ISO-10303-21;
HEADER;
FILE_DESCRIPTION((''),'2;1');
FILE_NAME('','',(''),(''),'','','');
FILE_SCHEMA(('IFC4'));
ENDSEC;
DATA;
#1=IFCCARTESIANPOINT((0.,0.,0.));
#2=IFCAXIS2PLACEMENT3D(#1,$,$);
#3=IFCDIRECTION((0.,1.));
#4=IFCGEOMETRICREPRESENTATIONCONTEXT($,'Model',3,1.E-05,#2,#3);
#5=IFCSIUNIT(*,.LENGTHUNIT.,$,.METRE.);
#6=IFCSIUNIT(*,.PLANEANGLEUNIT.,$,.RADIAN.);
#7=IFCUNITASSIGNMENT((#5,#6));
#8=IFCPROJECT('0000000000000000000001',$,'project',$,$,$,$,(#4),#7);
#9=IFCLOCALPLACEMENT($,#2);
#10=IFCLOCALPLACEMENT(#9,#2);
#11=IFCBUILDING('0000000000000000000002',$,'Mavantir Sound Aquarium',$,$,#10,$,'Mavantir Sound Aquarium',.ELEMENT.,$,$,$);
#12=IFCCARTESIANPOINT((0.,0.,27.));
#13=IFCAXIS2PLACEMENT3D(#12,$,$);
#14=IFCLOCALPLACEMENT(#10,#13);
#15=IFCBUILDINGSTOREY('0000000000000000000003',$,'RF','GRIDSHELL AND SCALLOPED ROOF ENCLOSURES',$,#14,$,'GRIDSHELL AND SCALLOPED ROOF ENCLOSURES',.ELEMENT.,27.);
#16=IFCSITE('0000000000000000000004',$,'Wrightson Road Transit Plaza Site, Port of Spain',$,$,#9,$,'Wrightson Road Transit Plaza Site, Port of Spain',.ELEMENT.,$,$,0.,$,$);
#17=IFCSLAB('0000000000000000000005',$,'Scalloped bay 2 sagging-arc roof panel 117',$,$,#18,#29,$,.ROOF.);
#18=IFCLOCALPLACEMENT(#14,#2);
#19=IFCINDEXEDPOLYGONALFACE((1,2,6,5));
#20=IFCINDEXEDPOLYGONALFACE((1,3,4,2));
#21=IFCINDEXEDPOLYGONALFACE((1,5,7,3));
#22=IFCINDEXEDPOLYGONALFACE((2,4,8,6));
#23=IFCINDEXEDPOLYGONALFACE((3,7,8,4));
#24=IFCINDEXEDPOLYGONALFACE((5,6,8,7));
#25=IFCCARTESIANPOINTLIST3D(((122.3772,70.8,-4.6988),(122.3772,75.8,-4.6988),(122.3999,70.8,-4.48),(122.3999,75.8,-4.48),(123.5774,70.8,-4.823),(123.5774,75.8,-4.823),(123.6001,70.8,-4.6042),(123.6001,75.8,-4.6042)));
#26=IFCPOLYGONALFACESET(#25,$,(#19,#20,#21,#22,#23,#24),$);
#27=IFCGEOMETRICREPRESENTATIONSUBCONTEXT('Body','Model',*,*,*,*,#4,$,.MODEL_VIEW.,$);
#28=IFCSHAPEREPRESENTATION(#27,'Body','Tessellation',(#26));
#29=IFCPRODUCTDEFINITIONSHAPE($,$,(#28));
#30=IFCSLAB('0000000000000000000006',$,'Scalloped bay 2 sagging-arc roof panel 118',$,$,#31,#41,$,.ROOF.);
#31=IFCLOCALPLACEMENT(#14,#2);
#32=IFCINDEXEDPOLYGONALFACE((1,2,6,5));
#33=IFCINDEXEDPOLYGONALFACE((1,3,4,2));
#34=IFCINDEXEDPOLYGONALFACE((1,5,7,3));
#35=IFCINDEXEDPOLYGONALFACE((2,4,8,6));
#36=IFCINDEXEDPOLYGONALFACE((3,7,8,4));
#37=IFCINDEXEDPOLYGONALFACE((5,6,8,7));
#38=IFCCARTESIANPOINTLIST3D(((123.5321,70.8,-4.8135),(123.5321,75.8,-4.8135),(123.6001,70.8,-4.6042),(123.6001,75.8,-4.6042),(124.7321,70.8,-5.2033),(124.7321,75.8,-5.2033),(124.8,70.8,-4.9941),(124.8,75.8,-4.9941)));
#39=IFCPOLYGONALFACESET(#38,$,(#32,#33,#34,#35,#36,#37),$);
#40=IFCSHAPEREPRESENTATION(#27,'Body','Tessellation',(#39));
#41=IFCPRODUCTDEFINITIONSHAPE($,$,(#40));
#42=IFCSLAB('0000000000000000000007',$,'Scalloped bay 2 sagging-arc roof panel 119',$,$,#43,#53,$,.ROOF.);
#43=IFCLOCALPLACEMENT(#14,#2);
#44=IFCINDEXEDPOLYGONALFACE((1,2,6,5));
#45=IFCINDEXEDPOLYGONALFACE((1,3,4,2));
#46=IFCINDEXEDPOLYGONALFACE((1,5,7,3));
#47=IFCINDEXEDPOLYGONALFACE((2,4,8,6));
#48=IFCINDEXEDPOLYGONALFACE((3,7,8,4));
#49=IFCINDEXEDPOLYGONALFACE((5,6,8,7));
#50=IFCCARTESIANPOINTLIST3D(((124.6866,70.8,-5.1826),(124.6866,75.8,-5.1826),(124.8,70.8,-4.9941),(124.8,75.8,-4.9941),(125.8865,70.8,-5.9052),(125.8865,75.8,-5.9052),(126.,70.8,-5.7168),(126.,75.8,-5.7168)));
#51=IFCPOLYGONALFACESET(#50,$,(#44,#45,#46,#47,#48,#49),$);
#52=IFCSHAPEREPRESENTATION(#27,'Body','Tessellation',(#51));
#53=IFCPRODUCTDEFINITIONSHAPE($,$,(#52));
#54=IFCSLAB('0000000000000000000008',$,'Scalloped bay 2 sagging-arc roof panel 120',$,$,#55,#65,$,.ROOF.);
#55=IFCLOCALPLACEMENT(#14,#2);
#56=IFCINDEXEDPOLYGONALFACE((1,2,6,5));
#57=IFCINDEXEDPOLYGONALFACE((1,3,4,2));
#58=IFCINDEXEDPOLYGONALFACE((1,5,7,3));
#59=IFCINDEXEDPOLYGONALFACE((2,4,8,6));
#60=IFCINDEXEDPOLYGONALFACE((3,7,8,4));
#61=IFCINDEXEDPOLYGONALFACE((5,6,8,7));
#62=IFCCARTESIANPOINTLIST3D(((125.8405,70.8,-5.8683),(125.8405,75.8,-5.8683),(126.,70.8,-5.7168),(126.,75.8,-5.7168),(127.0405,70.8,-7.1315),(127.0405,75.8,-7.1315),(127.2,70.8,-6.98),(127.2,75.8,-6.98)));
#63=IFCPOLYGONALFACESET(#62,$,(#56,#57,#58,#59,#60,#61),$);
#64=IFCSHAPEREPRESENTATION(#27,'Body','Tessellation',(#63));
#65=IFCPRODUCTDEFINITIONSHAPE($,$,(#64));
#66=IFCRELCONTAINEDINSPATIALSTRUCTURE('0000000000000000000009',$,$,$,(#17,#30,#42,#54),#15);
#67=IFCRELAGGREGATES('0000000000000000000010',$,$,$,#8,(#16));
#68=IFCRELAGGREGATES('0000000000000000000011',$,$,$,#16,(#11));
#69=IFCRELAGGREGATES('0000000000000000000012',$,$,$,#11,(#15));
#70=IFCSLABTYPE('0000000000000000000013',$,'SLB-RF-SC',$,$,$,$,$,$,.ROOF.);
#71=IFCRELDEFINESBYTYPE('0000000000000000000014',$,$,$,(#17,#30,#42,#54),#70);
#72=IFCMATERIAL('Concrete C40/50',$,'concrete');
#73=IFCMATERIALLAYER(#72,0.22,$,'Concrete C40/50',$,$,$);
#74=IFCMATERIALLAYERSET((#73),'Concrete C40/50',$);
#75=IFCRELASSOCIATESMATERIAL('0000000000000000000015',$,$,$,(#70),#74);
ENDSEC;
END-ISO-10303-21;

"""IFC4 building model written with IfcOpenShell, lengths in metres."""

from ifc_helpers import new_model, si_unit, direction, frame, origin, place, context, subcontext, project, spatial, polyline, outline, extrude, material, layer, layer_set, type_object, element, save


model = new_model("IFC4")

# Units and contexts
model_context = context("Model", 3, precision=1e-05, world=origin(), true_north=direction((0.0, 1.0)))
body_context = subcontext(model_context, "Body", "Model", "MODEL_VIEW")
ifc_project = project(units=[si_unit("LENGTHUNIT", "METRE"), si_unit("PLANEANGLEUNIT", "RADIAN")], contexts=[model_context])

# Site, building, storey
site_placement = place(None, origin())
site = spatial("IfcSite", under=ifc_project, at=site_placement, Name="Wrightson Road Transit Plaza Site, Port of Spain", LongName="Wrightson Road Transit Plaza Site, Port of Spain", CompositionType="ELEMENT", RefElevation=0.0)
building_placement = place(site_placement, origin())
building = spatial("IfcBuilding", under=site, at=building_placement, Name="Mavantir Sound Aquarium", LongName="Mavantir Sound Aquarium", CompositionType="ELEMENT")
storey_placement = place(building_placement, frame((0.0, 0.0, 27.0)))
storey = spatial("IfcBuildingStorey", under=building, at=storey_placement, Name="RF", Description="GRIDSHELL AND SCALLOPED ROOF ENCLOSURES", LongName="GRIDSHELL AND SCALLOPED ROOF ENCLOSURES", CompositionType="ELEMENT", Elevation=27.0)

# Shared definitions
ifc_material_1 = material(Name="Concrete C40/50", Category="concrete")

# Slabs
ifc_layer_1 = layer(ifc_material_1, 0.22, Name="Concrete C40/50")
ifc_layer_set_1 = layer_set([ifc_layer_1], Name="Concrete C40/50")
slab_type = type_object("IfcSlabType", Name="SLB-RF-SC", PredefinedType="ROOF", material=ifc_layer_set_1)
slab_1_placement = place(storey_placement, frame((122.3999, 70.8, -4.48), z_axis=(0.102989, 0.0, 0.994683), x_axis=(0.994683, 0.0, -0.102989)))
element("IfcSlab", 1, at=slab_1_placement, inside=storey, type_object=slab_type, Name="Scalloped bay 2 sagging-arc roof panel 117", PredefinedType="ROOF", context=body_context, shape_type="SweptSolid", body=[
    extrude(outline(polyline([(0.0, 0.0), (1.2066, 0.0), (1.2066, 5.0), (0.0, 5.0), (0.0, 0.0)])), origin(), (0.0, 0.0, -1.0), 0.22),
])
slab_2_placement = place(storey_placement, frame((123.6001, 70.8, -4.6042), z_axis=(0.30902, 0.0, 0.951055), x_axis=(0.951055, 0.0, -0.30902)))
element("IfcSlab", 2, at=slab_2_placement, inside=storey, type_object=slab_type, Name="Scalloped bay 2 sagging-arc roof panel 118", PredefinedType="ROOF", context=body_context, shape_type="SweptSolid", body=[
    extrude(outline(polyline([(0.0, 0.0), (1.2617, 0.0), (1.2617, 5.0), (0.0, 5.0), (0.0, 0.0)])), origin(), (0.0, 0.0, -1.0), 0.22),
])
slab_3_placement = place(storey_placement, frame((124.8, 70.8, -4.9941), z_axis=(0.515905, 0.0, 0.856646), x_axis=(0.856646, 0.0, -0.515905)))
element("IfcSlab", 3, at=slab_3_placement, inside=storey, type_object=slab_type, Name="Scalloped bay 2 sagging-arc roof panel 119", PredefinedType="ROOF", context=body_context, shape_type="SweptSolid", body=[
    extrude(outline(polyline([(0.0, 0.0), (1.4008, 0.0), (1.4008, 5.0), (0.0, 5.0), (0.0, 0.0)])), origin(), (0.0, 0.0, -1.0), 0.22),
])
slab_4_placement = place(storey_placement, frame((126.0, 70.8, -5.7168), z_axis=(0.72502, 0.0, 0.688727), x_axis=(0.688727, 0.0, -0.72502)))
element("IfcSlab", 4, at=slab_4_placement, inside=storey, type_object=slab_type, Name="Scalloped bay 2 sagging-arc roof panel 120", PredefinedType="ROOF", context=body_context, shape_type="SweptSolid", body=[
    extrude(outline(polyline([(0.0, 0.0), (1.7423, 0.0), (1.7423, 5.0), (0.0, 5.0), (0.0, 0.0)])), origin(), (0.0, 0.0, -1.0), 0.22),
])

save(model, "model.ifc")
